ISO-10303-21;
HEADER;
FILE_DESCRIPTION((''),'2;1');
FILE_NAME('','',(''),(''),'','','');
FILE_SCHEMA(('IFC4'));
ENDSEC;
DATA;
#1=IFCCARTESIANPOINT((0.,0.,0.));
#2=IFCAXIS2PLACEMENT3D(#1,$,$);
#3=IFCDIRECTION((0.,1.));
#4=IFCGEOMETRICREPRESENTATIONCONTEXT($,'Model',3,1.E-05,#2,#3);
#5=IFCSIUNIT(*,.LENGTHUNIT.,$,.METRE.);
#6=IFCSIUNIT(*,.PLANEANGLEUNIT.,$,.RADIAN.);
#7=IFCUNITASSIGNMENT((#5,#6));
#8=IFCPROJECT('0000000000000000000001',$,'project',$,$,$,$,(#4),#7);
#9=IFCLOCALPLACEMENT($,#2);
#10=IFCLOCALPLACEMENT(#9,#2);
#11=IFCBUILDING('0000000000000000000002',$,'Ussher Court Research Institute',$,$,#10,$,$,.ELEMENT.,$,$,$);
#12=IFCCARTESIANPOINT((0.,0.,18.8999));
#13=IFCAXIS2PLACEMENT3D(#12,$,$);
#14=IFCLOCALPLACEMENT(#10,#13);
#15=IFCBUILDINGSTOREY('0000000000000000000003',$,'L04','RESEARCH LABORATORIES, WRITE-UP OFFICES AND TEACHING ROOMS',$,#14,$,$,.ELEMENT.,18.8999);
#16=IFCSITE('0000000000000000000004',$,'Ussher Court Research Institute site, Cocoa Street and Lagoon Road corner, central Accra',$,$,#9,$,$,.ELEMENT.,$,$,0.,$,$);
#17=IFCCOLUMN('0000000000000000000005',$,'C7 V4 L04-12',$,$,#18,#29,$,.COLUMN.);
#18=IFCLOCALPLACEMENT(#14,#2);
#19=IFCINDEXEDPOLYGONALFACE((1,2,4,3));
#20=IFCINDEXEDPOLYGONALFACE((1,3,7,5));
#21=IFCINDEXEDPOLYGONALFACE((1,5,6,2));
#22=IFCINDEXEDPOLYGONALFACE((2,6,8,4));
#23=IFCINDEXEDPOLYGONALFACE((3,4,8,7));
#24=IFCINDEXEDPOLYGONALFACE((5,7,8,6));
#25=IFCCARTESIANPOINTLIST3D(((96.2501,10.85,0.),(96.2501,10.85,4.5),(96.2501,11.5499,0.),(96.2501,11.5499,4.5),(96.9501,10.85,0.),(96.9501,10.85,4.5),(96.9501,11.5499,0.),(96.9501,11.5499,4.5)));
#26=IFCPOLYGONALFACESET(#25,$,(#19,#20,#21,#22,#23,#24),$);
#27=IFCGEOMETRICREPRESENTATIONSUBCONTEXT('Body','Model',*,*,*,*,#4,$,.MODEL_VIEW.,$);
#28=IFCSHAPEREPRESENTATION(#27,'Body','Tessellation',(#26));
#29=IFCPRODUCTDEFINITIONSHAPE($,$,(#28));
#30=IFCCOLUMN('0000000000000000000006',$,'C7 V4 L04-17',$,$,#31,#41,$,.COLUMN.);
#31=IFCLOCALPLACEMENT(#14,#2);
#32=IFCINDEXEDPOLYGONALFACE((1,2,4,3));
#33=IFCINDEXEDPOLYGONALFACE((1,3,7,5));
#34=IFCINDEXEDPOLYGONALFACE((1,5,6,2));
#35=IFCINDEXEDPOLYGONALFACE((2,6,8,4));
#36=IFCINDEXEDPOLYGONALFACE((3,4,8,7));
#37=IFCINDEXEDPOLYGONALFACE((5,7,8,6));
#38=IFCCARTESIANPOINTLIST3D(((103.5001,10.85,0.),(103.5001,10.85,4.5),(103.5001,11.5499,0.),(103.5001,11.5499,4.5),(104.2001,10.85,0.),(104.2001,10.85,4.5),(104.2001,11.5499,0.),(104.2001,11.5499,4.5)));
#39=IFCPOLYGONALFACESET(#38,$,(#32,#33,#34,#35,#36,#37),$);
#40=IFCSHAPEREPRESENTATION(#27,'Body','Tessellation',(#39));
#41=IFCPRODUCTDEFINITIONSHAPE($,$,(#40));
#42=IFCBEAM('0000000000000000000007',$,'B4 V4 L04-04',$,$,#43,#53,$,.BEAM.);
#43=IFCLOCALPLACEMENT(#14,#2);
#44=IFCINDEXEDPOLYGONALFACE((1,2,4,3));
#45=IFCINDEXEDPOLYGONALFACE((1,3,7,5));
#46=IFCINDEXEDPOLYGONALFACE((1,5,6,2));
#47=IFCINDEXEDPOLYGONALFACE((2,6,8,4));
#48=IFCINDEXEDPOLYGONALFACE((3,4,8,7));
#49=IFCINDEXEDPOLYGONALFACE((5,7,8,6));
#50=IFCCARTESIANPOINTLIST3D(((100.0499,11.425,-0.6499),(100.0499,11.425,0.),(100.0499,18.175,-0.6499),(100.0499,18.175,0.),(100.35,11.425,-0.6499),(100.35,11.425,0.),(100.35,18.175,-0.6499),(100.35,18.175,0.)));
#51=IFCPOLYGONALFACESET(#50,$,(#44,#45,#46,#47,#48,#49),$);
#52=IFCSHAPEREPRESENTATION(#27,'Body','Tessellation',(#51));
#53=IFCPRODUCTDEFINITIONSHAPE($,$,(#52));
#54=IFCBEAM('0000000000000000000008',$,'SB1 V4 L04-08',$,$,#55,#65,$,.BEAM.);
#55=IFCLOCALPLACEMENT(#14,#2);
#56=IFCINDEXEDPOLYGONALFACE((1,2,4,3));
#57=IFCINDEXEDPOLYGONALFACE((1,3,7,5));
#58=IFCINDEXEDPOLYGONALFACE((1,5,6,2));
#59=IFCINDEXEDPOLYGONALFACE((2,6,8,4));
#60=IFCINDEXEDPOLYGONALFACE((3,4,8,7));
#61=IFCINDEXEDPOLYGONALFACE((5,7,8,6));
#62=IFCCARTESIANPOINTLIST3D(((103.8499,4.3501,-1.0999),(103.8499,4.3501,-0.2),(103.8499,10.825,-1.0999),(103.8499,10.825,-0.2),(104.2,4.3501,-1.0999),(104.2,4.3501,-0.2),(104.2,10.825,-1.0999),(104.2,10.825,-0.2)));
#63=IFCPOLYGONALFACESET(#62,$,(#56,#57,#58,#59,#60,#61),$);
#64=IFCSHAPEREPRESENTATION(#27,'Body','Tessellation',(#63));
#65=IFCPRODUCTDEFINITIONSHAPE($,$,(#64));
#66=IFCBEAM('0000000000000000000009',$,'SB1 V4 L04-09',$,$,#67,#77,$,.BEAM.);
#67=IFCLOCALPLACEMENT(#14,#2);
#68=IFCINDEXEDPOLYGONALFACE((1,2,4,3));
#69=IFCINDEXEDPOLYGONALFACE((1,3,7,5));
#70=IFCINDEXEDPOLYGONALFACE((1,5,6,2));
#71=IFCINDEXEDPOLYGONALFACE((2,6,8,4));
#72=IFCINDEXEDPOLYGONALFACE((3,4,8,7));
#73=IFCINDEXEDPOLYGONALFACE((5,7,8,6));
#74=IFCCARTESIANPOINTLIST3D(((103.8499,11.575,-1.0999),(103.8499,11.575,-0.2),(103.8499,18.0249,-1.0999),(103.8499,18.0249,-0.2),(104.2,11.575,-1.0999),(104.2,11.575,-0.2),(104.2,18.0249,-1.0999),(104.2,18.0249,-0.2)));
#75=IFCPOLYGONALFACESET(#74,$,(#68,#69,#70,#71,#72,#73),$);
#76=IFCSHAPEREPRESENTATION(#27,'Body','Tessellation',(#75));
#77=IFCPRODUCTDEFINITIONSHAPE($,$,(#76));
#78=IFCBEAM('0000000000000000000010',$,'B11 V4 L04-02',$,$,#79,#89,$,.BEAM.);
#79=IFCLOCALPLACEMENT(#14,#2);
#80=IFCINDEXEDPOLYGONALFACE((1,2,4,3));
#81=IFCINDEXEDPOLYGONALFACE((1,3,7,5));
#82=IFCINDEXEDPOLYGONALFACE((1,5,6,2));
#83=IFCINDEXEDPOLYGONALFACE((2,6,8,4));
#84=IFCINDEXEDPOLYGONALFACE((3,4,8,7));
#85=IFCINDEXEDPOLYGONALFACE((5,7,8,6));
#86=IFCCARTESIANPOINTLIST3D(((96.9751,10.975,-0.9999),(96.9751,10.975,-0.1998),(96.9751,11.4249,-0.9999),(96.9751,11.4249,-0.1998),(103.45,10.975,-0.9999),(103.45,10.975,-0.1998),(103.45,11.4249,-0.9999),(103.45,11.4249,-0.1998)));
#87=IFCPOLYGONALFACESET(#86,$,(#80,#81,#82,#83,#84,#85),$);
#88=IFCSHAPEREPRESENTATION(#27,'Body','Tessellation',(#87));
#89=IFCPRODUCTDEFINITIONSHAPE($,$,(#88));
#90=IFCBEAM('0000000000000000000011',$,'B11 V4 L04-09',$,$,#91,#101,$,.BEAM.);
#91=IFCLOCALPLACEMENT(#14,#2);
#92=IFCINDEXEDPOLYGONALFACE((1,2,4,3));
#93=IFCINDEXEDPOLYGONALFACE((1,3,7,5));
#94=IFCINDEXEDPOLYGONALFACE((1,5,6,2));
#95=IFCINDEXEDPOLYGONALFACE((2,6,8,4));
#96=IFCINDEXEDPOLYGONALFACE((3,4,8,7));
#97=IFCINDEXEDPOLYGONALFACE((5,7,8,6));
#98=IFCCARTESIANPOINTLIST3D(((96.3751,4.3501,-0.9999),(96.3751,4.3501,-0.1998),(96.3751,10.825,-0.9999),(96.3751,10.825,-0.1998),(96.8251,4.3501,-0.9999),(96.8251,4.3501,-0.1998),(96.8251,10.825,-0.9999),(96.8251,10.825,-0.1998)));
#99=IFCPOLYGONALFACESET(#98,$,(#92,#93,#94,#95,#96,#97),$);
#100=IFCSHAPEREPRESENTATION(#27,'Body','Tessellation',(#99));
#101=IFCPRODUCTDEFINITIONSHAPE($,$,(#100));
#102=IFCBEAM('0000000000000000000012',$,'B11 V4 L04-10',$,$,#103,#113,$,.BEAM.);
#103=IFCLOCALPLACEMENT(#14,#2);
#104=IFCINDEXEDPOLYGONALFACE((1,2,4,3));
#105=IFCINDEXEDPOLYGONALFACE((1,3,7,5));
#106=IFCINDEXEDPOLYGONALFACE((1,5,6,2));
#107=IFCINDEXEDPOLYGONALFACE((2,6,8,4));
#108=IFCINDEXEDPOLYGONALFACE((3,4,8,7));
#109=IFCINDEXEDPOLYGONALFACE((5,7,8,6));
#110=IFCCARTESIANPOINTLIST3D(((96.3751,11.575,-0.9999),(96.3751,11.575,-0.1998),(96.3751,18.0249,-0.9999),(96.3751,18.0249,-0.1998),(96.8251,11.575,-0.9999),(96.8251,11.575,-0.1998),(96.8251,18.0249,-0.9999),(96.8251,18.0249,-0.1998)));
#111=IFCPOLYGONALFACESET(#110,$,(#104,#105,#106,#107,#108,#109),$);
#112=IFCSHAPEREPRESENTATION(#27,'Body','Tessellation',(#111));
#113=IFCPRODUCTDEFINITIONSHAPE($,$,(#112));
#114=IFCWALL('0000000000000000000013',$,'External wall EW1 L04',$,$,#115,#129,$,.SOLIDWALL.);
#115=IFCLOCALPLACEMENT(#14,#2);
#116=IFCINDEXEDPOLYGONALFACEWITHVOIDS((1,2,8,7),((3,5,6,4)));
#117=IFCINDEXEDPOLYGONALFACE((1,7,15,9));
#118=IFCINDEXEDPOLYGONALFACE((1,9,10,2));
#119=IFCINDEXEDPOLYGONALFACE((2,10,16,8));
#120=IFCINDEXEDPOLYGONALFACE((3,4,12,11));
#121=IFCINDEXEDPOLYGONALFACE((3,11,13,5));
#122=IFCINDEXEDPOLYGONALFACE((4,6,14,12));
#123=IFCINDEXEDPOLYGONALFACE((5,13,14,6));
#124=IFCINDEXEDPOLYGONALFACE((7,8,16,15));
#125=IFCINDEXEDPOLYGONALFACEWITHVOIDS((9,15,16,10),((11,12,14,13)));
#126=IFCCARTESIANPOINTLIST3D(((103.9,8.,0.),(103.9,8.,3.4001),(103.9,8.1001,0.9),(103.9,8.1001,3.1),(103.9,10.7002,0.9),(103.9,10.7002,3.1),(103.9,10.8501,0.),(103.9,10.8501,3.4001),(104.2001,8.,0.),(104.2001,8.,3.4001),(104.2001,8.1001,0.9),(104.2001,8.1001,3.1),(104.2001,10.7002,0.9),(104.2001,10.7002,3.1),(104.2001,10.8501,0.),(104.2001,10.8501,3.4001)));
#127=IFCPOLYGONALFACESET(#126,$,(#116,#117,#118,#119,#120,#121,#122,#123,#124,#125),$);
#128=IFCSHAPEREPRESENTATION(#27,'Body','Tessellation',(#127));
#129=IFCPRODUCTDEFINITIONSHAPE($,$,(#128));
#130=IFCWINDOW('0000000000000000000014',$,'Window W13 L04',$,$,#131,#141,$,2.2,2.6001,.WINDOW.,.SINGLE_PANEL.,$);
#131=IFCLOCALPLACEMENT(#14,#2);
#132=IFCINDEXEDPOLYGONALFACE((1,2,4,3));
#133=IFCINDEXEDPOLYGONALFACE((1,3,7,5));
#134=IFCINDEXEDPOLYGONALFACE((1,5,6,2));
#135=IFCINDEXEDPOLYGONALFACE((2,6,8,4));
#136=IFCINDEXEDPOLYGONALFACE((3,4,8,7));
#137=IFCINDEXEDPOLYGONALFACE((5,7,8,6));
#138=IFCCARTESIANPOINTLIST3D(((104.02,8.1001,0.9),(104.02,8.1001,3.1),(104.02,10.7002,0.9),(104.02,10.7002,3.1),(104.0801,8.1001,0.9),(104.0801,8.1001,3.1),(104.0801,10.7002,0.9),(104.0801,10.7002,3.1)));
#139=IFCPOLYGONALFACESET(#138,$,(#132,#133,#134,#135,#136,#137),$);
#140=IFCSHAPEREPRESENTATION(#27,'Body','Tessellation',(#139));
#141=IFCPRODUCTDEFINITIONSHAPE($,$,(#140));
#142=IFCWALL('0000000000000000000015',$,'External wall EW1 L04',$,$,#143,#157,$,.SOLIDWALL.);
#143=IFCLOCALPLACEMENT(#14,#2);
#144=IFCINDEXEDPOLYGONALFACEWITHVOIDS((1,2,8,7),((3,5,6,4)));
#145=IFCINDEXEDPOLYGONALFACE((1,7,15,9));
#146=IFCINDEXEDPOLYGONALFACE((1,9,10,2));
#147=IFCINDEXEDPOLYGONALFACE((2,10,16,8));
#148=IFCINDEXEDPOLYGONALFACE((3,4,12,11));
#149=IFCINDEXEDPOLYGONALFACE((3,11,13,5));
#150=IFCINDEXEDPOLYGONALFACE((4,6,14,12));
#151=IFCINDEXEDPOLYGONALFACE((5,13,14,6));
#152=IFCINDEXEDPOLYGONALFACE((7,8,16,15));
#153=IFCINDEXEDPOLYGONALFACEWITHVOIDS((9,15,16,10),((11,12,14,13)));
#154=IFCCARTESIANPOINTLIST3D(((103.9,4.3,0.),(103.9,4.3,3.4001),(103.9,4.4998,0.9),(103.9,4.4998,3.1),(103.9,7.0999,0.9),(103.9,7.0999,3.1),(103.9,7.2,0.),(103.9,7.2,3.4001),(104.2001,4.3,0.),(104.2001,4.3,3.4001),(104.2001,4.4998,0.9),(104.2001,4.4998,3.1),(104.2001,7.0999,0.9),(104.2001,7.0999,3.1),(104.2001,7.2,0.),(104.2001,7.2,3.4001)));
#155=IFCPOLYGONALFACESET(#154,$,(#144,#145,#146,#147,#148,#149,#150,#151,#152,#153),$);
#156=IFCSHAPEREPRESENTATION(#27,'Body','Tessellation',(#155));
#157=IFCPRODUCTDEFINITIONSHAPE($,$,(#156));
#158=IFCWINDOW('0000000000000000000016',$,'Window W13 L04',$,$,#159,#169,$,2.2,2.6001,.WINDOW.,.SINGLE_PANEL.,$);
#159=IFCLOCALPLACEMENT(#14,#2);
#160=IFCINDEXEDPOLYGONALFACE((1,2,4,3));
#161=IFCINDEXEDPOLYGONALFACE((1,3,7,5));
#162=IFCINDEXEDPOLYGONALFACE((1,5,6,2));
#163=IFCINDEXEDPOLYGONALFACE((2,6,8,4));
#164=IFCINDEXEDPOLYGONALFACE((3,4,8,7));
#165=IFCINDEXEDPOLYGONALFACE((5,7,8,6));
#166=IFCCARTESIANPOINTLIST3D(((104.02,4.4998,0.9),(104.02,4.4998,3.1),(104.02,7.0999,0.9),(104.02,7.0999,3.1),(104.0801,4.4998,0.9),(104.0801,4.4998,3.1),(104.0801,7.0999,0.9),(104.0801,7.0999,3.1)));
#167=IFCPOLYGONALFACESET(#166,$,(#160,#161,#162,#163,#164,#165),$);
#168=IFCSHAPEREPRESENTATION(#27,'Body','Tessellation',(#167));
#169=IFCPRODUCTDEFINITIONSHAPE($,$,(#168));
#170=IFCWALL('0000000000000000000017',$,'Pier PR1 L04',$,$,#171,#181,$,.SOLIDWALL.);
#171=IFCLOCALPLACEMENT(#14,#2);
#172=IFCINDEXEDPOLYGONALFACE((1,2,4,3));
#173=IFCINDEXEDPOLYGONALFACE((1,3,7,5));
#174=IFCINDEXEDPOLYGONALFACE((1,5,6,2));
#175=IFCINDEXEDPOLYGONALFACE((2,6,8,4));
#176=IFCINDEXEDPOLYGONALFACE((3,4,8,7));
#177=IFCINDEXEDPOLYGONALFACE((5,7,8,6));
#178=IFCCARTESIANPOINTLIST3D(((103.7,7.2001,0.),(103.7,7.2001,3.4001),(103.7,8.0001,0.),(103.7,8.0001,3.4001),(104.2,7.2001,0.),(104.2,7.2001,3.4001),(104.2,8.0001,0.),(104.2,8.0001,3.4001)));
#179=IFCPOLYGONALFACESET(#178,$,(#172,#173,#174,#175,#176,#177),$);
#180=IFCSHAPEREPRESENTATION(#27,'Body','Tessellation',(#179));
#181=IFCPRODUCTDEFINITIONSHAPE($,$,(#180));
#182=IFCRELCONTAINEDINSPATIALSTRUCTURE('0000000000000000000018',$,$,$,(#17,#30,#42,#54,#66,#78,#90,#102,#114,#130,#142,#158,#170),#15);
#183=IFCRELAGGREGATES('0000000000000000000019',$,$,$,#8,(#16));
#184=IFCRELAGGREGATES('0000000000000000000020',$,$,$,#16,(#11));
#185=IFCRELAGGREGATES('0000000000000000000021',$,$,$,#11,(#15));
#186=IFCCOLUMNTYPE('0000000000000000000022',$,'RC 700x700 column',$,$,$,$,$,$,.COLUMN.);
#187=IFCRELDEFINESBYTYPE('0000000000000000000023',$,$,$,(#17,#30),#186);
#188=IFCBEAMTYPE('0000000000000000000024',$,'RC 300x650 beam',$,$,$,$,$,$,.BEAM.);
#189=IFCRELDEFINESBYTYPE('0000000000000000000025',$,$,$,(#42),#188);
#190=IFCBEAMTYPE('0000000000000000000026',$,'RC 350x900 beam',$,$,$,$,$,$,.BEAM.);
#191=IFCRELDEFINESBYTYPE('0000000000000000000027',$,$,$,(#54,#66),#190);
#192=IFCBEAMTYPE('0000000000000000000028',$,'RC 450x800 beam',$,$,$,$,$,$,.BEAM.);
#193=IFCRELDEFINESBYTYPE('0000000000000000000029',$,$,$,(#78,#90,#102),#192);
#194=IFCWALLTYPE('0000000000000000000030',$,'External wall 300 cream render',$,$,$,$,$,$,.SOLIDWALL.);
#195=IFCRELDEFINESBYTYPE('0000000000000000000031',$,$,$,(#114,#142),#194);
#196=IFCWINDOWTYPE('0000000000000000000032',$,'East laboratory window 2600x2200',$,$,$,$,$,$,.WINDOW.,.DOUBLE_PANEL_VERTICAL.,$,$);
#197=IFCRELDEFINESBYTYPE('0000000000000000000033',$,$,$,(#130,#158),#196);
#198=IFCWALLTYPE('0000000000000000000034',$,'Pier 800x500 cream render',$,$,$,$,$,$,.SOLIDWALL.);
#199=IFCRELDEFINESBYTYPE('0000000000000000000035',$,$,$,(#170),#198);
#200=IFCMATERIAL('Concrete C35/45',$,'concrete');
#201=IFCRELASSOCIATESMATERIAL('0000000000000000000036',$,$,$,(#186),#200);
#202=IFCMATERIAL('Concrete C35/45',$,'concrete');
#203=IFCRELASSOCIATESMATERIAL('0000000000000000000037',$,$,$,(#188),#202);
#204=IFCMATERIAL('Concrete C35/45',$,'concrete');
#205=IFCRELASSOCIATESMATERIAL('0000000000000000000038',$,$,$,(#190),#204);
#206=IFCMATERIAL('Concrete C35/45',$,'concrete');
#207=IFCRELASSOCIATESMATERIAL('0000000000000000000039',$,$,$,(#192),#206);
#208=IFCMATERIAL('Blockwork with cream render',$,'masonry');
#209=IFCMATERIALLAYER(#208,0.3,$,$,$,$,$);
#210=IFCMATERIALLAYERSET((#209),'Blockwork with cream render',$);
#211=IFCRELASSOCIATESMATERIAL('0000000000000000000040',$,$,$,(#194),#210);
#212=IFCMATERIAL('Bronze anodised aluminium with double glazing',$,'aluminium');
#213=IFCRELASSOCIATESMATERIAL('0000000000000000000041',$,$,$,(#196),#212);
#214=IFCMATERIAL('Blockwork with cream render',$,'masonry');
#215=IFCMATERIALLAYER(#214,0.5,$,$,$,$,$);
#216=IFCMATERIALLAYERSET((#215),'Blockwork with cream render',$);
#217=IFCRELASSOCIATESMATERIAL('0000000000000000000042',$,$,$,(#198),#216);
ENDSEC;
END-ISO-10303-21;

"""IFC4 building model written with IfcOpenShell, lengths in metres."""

from ifc_helpers import new_model, si_unit, direction, frame, frame_2d, origin, origin_2d, place, context, subcontext, project, spatial, rectangle, extrude, material, layer, layer_set, material_profile, profile_set, type_object, element, fill, save


model = new_model("IFC4")

# Units and contexts
model_context = context("Model", 3, precision=1e-05, world=origin(), true_north=direction((0.0, 1.0)))
body_context = subcontext(model_context, "Body", "Model", "MODEL_VIEW")
ifc_project = project(units=[si_unit("LENGTHUNIT", "METRE"), si_unit("PLANEANGLEUNIT", "RADIAN")], contexts=[model_context])

# Site, building, storey
site_placement = place(None, origin())
site = spatial("IfcSite", under=ifc_project, at=site_placement, Name="Ussher Court Research Institute site, Cocoa Street and Lagoon Road corner, central Accra", CompositionType="ELEMENT", RefElevation=0.0)
building_placement = place(site_placement, origin())
building = spatial("IfcBuilding", under=site, at=building_placement, Name="Ussher Court Research Institute", CompositionType="ELEMENT")
storey_placement = place(building_placement, frame((0.0, 0.0, 18.8999)))
storey = spatial("IfcBuildingStorey", under=building, at=storey_placement, Name="L04", Description="RESEARCH LABORATORIES, WRITE-UP OFFICES AND TEACHING ROOMS", CompositionType="ELEMENT", Elevation=18.8999)

# Columns
ifc_material_1 = material(Name="Concrete C35/45", Category="concrete")
ifc_material_profile_1 = material_profile(ifc_material_1, rectangle(XDim=0.7, YDim=0.7, at=origin_2d()), Name="RC 700x700")
ifc_profile_set_1 = profile_set([ifc_material_profile_1], Name="Concrete C35/45")
column_type = type_object("IfcColumnType", Name="RC 700x700 column", PredefinedType="COLUMN", material=ifc_profile_set_1)
for number, where, z_axis, x_axis, name in (
    (1, (96.6001, 11.2, 0.0), (0.0, 0.0, 1.0), (1.0, 0.0, 0.0), "C7 V4 L04-12"),
    (2, (103.8501, 11.2, 0.0), (0.0, 0.0, 1.0), (1.0, 0.0, 0.0), "C7 V4 L04-17"),
):
    element("IfcColumn", number, at=place(storey_placement, frame(where, z_axis=z_axis, x_axis=x_axis)), inside=storey, type_object=column_type, Name=name, PredefinedType="COLUMN", context=body_context, shape_type="SweptSolid", body=[
        extrude(rectangle(XDim=0.7, YDim=0.7, at=origin_2d()), origin(), (0.0, 0.0, 1.0), 4.5),
    ])

# Beams
ifc_material_2 = material(Name="Concrete C35/45", Category="concrete")
ifc_material_profile_2 = material_profile(ifc_material_2, rectangle(XDim=0.3, YDim=0.6499, at=origin_2d()), Name="RC 300x650")
ifc_profile_set_2 = profile_set([ifc_material_profile_2], Name="Concrete C35/45")
beam_type_1 = type_object("IfcBeamType", Name="RC 300x650 beam", PredefinedType="BEAM", material=ifc_profile_set_2)
beam_1_placement = place(storey_placement, frame((100.2, 11.425, -0.325), z_axis=(0.0, 1.0, 0.0), x_axis=(-1.0, 0.0, 0.0)))
element("IfcBeam", 3, at=beam_1_placement, inside=storey, type_object=beam_type_1, Name="B4 V4 L04-04", PredefinedType="BEAM", context=body_context, shape_type="SweptSolid", body=[
    extrude(rectangle(XDim=0.3, YDim=0.6499, at=origin_2d()), origin(), (0.0, 0.0, 1.0), 6.75),
])
ifc_material_3 = material(Name="Concrete C35/45", Category="concrete")
ifc_material_profile_3 = material_profile(ifc_material_3, rectangle(XDim=0.3501, YDim=0.8999, at=origin_2d()), Name="RC 350x900")
ifc_profile_set_3 = profile_set([ifc_material_profile_3], Name="Concrete C35/45")
beam_type_2 = type_object("IfcBeamType", Name="RC 350x900 beam", PredefinedType="BEAM", material=ifc_profile_set_3)
beam_2_placement = place(storey_placement, frame((104.0249, 4.3501, -0.6499), z_axis=(0.0, 1.0, 0.0), x_axis=(-1.0, 0.0, 0.0)))
element("IfcBeam", 4, at=beam_2_placement, inside=storey, type_object=beam_type_2, Name="SB1 V4 L04-08", PredefinedType="BEAM", context=body_context, shape_type="SweptSolid", body=[
    extrude(rectangle(XDim=0.3501, YDim=0.8999, at=origin_2d()), origin(), (0.0, 0.0, 1.0), 6.4749),
])
beam_3_placement = place(storey_placement, frame((104.0249, 11.575, -0.6499), z_axis=(0.0, 1.0, 0.0), x_axis=(-1.0, 0.0, 0.0)))
element("IfcBeam", 5, at=beam_3_placement, inside=storey, type_object=beam_type_2, Name="SB1 V4 L04-09", PredefinedType="BEAM", context=body_context, shape_type="SweptSolid", body=[
    extrude(rectangle(XDim=0.3501, YDim=0.8999, at=origin_2d()), origin(), (0.0, 0.0, 1.0), 6.45),
])
ifc_material_4 = material(Name="Concrete C35/45", Category="concrete")
ifc_material_profile_4 = material_profile(ifc_material_4, rectangle(XDim=0.45, YDim=0.8, at=origin_2d()), Name="RC 450x800")
ifc_profile_set_4 = profile_set([ifc_material_profile_4], Name="Concrete C35/45")
beam_type_3 = type_object("IfcBeamType", Name="RC 450x800 beam", PredefinedType="BEAM", material=ifc_profile_set_4)
for number, where, z_axis, x_axis, name in (
    (6, (96.9751, 11.2, -0.5999), (1.0, 0.0, 0.0), (0.0, 1.0, 0.0), "B11 V4 L04-02"),
    (7, (96.6001, 4.3501, -0.5999), (0.0, 1.0, 0.0), (-1.0, 0.0, 0.0), "B11 V4 L04-09"),
):
    element("IfcBeam", number, at=place(storey_placement, frame(where, z_axis=z_axis, x_axis=x_axis)), inside=storey, type_object=beam_type_3, Name=name, PredefinedType="BEAM", context=body_context, shape_type="SweptSolid", body=[
        extrude(rectangle(XDim=0.45, YDim=0.8, at=origin_2d()), origin(), (0.0, 0.0, 1.0), 6.4749),
    ])
beam_4_placement = place(storey_placement, frame((96.6001, 11.575, -0.5999), z_axis=(0.0, 1.0, 0.0), x_axis=(-1.0, 0.0, 0.0)))
element("IfcBeam", 8, at=beam_4_placement, inside=storey, type_object=beam_type_3, Name="B11 V4 L04-10", PredefinedType="BEAM", context=body_context, shape_type="SweptSolid", body=[
    extrude(rectangle(XDim=0.45, YDim=0.8, at=origin_2d()), origin(), (0.0, 0.0, 1.0), 6.45),
])

# Walls, openings, windows
ifc_material_5 = material(Name="Blockwork with cream render", Category="masonry")
ifc_layer_1 = layer(ifc_material_5, 0.3)
ifc_layer_set_1 = layer_set([ifc_layer_1], Name="Blockwork with cream render")
wall_type_1 = type_object("IfcWallType", Name="External wall 300 cream render", PredefinedType="SOLIDWALL", material=ifc_layer_set_1)
wall_1_placement = place(storey_placement, frame((104.05, 10.8501, 0.0), z_axis=(0.0, 0.0, 1.0), x_axis=(0.0, -1.0, 0.0)))
wall_1 = element("IfcWall", 9, at=wall_1_placement, inside=storey, type_object=wall_type_1, Name="External wall EW1 L04", PredefinedType="SOLIDWALL", context=body_context, shape_type="SweptSolid", body=[
    extrude(rectangle(XDim=2.8501, YDim=0.3, at=frame_2d((1.425, 0.0))), origin(), (0.0, 0.0, 1.0), 3.4001),
])
opening_1_placement = place(wall_1_placement, frame((0.1499, 0.0, 0.8999)))
opening_1 = element("IfcOpeningElement", 10, at=opening_1_placement, cuts=wall_1, PredefinedType="OPENING", context=body_context, shape_type="SweptSolid", body=[
    extrude(rectangle(XDim=2.6001, YDim=2.2, at=frame_2d((1.3, 1.1001))), frame((0.0, 0.1602, 0.0), z_axis=(0.0, -1.0, 0.0), x_axis=(1.0, 0.0, 0.0)), (0.0, 0.0, 1.0), 0.3201),
])
ifc_material_6 = material(Name="Bronze anodised aluminium with double glazing", Category="aluminium")
window_type = type_object("IfcWindowType", Name="East laboratory window 2600x2200", PartitioningType="DOUBLE_PANEL_VERTICAL", PredefinedType="WINDOW", material=ifc_material_6)
window_1_placement = place(opening_1_placement, origin())
window_1 = element("IfcWindow", 11, at=window_1_placement, inside=storey, type_object=window_type, Name="Window W13 L04", OverallHeight=2.2, OverallWidth=2.6001, PartitioningType="SINGLE_PANEL", PredefinedType="WINDOW", context=body_context, shape_type="SweptSolid", body=[
    extrude(rectangle(XDim=2.6001, YDim=2.2, at=frame_2d((1.3, 1.1001))), frame((0.0, 0.03, 0.0), z_axis=(0.0, -1.0, 0.0), x_axis=(1.0, 0.0, 0.0)), (0.0, 0.0, 1.0), 0.0601),
])
fill(opening_1, window_1)
wall_2_placement = place(storey_placement, frame((104.05, 7.2, 0.0), z_axis=(0.0, 0.0, 1.0), x_axis=(0.0, -1.0, 0.0)))
wall_2 = element("IfcWall", 12, at=wall_2_placement, inside=storey, type_object=wall_type_1, Name="External wall EW1 L04", PredefinedType="SOLIDWALL", context=body_context, shape_type="SweptSolid", body=[
    extrude(rectangle(XDim=2.8999, YDim=0.3, at=frame_2d((1.45, 0.0))), origin(), (0.0, 0.0, 1.0), 3.4001),
])
opening_2_placement = place(wall_2_placement, frame((0.1001, 0.0, 0.8999)))
opening_2 = element("IfcOpeningElement", 13, at=opening_2_placement, cuts=wall_2, PredefinedType="OPENING", context=body_context, shape_type="SweptSolid", body=[
    extrude(rectangle(XDim=2.6001, YDim=2.2, at=frame_2d((1.3, 1.1001))), frame((0.0, 0.1602, 0.0), z_axis=(0.0, -1.0, 0.0), x_axis=(1.0, 0.0, 0.0)), (0.0, 0.0, 1.0), 0.3201),
])
window_2_placement = place(opening_2_placement, origin())
window_2 = element("IfcWindow", 14, at=window_2_placement, inside=storey, type_object=window_type, Name="Window W13 L04", OverallHeight=2.2, OverallWidth=2.6001, PartitioningType="SINGLE_PANEL", PredefinedType="WINDOW", context=body_context, shape_type="SweptSolid", body=[
    extrude(rectangle(XDim=2.6001, YDim=2.2, at=frame_2d((1.3, 1.1001))), frame((0.0, 0.03, 0.0), z_axis=(0.0, -1.0, 0.0), x_axis=(1.0, 0.0, 0.0)), (0.0, 0.0, 1.0), 0.0601),
])
fill(opening_2, window_2)

# Wall
ifc_material_7 = material(Name="Blockwork with cream render", Category="masonry")
ifc_layer_2 = layer(ifc_material_7, 0.5)
ifc_layer_set_2 = layer_set([ifc_layer_2], Name="Blockwork with cream render")
wall_type_2 = type_object("IfcWallType", Name="Pier 800x500 cream render", PredefinedType="SOLIDWALL", material=ifc_layer_set_2)
wall_3_placement = place(storey_placement, frame((103.95, 8.0, 0.0), z_axis=(0.0, 0.0, 1.0), x_axis=(0.0, -1.0, 0.0)))
element("IfcWall", 15, at=wall_3_placement, inside=storey, type_object=wall_type_2, Name="Pier PR1 L04", PredefinedType="SOLIDWALL", context=body_context, shape_type="SweptSolid", body=[
    extrude(rectangle(XDim=0.8, YDim=0.5, at=frame_2d((0.3999, 0.0))), origin(), (0.0, 0.0, 1.0), 3.4001),
])

save(model, "model.ifc")
